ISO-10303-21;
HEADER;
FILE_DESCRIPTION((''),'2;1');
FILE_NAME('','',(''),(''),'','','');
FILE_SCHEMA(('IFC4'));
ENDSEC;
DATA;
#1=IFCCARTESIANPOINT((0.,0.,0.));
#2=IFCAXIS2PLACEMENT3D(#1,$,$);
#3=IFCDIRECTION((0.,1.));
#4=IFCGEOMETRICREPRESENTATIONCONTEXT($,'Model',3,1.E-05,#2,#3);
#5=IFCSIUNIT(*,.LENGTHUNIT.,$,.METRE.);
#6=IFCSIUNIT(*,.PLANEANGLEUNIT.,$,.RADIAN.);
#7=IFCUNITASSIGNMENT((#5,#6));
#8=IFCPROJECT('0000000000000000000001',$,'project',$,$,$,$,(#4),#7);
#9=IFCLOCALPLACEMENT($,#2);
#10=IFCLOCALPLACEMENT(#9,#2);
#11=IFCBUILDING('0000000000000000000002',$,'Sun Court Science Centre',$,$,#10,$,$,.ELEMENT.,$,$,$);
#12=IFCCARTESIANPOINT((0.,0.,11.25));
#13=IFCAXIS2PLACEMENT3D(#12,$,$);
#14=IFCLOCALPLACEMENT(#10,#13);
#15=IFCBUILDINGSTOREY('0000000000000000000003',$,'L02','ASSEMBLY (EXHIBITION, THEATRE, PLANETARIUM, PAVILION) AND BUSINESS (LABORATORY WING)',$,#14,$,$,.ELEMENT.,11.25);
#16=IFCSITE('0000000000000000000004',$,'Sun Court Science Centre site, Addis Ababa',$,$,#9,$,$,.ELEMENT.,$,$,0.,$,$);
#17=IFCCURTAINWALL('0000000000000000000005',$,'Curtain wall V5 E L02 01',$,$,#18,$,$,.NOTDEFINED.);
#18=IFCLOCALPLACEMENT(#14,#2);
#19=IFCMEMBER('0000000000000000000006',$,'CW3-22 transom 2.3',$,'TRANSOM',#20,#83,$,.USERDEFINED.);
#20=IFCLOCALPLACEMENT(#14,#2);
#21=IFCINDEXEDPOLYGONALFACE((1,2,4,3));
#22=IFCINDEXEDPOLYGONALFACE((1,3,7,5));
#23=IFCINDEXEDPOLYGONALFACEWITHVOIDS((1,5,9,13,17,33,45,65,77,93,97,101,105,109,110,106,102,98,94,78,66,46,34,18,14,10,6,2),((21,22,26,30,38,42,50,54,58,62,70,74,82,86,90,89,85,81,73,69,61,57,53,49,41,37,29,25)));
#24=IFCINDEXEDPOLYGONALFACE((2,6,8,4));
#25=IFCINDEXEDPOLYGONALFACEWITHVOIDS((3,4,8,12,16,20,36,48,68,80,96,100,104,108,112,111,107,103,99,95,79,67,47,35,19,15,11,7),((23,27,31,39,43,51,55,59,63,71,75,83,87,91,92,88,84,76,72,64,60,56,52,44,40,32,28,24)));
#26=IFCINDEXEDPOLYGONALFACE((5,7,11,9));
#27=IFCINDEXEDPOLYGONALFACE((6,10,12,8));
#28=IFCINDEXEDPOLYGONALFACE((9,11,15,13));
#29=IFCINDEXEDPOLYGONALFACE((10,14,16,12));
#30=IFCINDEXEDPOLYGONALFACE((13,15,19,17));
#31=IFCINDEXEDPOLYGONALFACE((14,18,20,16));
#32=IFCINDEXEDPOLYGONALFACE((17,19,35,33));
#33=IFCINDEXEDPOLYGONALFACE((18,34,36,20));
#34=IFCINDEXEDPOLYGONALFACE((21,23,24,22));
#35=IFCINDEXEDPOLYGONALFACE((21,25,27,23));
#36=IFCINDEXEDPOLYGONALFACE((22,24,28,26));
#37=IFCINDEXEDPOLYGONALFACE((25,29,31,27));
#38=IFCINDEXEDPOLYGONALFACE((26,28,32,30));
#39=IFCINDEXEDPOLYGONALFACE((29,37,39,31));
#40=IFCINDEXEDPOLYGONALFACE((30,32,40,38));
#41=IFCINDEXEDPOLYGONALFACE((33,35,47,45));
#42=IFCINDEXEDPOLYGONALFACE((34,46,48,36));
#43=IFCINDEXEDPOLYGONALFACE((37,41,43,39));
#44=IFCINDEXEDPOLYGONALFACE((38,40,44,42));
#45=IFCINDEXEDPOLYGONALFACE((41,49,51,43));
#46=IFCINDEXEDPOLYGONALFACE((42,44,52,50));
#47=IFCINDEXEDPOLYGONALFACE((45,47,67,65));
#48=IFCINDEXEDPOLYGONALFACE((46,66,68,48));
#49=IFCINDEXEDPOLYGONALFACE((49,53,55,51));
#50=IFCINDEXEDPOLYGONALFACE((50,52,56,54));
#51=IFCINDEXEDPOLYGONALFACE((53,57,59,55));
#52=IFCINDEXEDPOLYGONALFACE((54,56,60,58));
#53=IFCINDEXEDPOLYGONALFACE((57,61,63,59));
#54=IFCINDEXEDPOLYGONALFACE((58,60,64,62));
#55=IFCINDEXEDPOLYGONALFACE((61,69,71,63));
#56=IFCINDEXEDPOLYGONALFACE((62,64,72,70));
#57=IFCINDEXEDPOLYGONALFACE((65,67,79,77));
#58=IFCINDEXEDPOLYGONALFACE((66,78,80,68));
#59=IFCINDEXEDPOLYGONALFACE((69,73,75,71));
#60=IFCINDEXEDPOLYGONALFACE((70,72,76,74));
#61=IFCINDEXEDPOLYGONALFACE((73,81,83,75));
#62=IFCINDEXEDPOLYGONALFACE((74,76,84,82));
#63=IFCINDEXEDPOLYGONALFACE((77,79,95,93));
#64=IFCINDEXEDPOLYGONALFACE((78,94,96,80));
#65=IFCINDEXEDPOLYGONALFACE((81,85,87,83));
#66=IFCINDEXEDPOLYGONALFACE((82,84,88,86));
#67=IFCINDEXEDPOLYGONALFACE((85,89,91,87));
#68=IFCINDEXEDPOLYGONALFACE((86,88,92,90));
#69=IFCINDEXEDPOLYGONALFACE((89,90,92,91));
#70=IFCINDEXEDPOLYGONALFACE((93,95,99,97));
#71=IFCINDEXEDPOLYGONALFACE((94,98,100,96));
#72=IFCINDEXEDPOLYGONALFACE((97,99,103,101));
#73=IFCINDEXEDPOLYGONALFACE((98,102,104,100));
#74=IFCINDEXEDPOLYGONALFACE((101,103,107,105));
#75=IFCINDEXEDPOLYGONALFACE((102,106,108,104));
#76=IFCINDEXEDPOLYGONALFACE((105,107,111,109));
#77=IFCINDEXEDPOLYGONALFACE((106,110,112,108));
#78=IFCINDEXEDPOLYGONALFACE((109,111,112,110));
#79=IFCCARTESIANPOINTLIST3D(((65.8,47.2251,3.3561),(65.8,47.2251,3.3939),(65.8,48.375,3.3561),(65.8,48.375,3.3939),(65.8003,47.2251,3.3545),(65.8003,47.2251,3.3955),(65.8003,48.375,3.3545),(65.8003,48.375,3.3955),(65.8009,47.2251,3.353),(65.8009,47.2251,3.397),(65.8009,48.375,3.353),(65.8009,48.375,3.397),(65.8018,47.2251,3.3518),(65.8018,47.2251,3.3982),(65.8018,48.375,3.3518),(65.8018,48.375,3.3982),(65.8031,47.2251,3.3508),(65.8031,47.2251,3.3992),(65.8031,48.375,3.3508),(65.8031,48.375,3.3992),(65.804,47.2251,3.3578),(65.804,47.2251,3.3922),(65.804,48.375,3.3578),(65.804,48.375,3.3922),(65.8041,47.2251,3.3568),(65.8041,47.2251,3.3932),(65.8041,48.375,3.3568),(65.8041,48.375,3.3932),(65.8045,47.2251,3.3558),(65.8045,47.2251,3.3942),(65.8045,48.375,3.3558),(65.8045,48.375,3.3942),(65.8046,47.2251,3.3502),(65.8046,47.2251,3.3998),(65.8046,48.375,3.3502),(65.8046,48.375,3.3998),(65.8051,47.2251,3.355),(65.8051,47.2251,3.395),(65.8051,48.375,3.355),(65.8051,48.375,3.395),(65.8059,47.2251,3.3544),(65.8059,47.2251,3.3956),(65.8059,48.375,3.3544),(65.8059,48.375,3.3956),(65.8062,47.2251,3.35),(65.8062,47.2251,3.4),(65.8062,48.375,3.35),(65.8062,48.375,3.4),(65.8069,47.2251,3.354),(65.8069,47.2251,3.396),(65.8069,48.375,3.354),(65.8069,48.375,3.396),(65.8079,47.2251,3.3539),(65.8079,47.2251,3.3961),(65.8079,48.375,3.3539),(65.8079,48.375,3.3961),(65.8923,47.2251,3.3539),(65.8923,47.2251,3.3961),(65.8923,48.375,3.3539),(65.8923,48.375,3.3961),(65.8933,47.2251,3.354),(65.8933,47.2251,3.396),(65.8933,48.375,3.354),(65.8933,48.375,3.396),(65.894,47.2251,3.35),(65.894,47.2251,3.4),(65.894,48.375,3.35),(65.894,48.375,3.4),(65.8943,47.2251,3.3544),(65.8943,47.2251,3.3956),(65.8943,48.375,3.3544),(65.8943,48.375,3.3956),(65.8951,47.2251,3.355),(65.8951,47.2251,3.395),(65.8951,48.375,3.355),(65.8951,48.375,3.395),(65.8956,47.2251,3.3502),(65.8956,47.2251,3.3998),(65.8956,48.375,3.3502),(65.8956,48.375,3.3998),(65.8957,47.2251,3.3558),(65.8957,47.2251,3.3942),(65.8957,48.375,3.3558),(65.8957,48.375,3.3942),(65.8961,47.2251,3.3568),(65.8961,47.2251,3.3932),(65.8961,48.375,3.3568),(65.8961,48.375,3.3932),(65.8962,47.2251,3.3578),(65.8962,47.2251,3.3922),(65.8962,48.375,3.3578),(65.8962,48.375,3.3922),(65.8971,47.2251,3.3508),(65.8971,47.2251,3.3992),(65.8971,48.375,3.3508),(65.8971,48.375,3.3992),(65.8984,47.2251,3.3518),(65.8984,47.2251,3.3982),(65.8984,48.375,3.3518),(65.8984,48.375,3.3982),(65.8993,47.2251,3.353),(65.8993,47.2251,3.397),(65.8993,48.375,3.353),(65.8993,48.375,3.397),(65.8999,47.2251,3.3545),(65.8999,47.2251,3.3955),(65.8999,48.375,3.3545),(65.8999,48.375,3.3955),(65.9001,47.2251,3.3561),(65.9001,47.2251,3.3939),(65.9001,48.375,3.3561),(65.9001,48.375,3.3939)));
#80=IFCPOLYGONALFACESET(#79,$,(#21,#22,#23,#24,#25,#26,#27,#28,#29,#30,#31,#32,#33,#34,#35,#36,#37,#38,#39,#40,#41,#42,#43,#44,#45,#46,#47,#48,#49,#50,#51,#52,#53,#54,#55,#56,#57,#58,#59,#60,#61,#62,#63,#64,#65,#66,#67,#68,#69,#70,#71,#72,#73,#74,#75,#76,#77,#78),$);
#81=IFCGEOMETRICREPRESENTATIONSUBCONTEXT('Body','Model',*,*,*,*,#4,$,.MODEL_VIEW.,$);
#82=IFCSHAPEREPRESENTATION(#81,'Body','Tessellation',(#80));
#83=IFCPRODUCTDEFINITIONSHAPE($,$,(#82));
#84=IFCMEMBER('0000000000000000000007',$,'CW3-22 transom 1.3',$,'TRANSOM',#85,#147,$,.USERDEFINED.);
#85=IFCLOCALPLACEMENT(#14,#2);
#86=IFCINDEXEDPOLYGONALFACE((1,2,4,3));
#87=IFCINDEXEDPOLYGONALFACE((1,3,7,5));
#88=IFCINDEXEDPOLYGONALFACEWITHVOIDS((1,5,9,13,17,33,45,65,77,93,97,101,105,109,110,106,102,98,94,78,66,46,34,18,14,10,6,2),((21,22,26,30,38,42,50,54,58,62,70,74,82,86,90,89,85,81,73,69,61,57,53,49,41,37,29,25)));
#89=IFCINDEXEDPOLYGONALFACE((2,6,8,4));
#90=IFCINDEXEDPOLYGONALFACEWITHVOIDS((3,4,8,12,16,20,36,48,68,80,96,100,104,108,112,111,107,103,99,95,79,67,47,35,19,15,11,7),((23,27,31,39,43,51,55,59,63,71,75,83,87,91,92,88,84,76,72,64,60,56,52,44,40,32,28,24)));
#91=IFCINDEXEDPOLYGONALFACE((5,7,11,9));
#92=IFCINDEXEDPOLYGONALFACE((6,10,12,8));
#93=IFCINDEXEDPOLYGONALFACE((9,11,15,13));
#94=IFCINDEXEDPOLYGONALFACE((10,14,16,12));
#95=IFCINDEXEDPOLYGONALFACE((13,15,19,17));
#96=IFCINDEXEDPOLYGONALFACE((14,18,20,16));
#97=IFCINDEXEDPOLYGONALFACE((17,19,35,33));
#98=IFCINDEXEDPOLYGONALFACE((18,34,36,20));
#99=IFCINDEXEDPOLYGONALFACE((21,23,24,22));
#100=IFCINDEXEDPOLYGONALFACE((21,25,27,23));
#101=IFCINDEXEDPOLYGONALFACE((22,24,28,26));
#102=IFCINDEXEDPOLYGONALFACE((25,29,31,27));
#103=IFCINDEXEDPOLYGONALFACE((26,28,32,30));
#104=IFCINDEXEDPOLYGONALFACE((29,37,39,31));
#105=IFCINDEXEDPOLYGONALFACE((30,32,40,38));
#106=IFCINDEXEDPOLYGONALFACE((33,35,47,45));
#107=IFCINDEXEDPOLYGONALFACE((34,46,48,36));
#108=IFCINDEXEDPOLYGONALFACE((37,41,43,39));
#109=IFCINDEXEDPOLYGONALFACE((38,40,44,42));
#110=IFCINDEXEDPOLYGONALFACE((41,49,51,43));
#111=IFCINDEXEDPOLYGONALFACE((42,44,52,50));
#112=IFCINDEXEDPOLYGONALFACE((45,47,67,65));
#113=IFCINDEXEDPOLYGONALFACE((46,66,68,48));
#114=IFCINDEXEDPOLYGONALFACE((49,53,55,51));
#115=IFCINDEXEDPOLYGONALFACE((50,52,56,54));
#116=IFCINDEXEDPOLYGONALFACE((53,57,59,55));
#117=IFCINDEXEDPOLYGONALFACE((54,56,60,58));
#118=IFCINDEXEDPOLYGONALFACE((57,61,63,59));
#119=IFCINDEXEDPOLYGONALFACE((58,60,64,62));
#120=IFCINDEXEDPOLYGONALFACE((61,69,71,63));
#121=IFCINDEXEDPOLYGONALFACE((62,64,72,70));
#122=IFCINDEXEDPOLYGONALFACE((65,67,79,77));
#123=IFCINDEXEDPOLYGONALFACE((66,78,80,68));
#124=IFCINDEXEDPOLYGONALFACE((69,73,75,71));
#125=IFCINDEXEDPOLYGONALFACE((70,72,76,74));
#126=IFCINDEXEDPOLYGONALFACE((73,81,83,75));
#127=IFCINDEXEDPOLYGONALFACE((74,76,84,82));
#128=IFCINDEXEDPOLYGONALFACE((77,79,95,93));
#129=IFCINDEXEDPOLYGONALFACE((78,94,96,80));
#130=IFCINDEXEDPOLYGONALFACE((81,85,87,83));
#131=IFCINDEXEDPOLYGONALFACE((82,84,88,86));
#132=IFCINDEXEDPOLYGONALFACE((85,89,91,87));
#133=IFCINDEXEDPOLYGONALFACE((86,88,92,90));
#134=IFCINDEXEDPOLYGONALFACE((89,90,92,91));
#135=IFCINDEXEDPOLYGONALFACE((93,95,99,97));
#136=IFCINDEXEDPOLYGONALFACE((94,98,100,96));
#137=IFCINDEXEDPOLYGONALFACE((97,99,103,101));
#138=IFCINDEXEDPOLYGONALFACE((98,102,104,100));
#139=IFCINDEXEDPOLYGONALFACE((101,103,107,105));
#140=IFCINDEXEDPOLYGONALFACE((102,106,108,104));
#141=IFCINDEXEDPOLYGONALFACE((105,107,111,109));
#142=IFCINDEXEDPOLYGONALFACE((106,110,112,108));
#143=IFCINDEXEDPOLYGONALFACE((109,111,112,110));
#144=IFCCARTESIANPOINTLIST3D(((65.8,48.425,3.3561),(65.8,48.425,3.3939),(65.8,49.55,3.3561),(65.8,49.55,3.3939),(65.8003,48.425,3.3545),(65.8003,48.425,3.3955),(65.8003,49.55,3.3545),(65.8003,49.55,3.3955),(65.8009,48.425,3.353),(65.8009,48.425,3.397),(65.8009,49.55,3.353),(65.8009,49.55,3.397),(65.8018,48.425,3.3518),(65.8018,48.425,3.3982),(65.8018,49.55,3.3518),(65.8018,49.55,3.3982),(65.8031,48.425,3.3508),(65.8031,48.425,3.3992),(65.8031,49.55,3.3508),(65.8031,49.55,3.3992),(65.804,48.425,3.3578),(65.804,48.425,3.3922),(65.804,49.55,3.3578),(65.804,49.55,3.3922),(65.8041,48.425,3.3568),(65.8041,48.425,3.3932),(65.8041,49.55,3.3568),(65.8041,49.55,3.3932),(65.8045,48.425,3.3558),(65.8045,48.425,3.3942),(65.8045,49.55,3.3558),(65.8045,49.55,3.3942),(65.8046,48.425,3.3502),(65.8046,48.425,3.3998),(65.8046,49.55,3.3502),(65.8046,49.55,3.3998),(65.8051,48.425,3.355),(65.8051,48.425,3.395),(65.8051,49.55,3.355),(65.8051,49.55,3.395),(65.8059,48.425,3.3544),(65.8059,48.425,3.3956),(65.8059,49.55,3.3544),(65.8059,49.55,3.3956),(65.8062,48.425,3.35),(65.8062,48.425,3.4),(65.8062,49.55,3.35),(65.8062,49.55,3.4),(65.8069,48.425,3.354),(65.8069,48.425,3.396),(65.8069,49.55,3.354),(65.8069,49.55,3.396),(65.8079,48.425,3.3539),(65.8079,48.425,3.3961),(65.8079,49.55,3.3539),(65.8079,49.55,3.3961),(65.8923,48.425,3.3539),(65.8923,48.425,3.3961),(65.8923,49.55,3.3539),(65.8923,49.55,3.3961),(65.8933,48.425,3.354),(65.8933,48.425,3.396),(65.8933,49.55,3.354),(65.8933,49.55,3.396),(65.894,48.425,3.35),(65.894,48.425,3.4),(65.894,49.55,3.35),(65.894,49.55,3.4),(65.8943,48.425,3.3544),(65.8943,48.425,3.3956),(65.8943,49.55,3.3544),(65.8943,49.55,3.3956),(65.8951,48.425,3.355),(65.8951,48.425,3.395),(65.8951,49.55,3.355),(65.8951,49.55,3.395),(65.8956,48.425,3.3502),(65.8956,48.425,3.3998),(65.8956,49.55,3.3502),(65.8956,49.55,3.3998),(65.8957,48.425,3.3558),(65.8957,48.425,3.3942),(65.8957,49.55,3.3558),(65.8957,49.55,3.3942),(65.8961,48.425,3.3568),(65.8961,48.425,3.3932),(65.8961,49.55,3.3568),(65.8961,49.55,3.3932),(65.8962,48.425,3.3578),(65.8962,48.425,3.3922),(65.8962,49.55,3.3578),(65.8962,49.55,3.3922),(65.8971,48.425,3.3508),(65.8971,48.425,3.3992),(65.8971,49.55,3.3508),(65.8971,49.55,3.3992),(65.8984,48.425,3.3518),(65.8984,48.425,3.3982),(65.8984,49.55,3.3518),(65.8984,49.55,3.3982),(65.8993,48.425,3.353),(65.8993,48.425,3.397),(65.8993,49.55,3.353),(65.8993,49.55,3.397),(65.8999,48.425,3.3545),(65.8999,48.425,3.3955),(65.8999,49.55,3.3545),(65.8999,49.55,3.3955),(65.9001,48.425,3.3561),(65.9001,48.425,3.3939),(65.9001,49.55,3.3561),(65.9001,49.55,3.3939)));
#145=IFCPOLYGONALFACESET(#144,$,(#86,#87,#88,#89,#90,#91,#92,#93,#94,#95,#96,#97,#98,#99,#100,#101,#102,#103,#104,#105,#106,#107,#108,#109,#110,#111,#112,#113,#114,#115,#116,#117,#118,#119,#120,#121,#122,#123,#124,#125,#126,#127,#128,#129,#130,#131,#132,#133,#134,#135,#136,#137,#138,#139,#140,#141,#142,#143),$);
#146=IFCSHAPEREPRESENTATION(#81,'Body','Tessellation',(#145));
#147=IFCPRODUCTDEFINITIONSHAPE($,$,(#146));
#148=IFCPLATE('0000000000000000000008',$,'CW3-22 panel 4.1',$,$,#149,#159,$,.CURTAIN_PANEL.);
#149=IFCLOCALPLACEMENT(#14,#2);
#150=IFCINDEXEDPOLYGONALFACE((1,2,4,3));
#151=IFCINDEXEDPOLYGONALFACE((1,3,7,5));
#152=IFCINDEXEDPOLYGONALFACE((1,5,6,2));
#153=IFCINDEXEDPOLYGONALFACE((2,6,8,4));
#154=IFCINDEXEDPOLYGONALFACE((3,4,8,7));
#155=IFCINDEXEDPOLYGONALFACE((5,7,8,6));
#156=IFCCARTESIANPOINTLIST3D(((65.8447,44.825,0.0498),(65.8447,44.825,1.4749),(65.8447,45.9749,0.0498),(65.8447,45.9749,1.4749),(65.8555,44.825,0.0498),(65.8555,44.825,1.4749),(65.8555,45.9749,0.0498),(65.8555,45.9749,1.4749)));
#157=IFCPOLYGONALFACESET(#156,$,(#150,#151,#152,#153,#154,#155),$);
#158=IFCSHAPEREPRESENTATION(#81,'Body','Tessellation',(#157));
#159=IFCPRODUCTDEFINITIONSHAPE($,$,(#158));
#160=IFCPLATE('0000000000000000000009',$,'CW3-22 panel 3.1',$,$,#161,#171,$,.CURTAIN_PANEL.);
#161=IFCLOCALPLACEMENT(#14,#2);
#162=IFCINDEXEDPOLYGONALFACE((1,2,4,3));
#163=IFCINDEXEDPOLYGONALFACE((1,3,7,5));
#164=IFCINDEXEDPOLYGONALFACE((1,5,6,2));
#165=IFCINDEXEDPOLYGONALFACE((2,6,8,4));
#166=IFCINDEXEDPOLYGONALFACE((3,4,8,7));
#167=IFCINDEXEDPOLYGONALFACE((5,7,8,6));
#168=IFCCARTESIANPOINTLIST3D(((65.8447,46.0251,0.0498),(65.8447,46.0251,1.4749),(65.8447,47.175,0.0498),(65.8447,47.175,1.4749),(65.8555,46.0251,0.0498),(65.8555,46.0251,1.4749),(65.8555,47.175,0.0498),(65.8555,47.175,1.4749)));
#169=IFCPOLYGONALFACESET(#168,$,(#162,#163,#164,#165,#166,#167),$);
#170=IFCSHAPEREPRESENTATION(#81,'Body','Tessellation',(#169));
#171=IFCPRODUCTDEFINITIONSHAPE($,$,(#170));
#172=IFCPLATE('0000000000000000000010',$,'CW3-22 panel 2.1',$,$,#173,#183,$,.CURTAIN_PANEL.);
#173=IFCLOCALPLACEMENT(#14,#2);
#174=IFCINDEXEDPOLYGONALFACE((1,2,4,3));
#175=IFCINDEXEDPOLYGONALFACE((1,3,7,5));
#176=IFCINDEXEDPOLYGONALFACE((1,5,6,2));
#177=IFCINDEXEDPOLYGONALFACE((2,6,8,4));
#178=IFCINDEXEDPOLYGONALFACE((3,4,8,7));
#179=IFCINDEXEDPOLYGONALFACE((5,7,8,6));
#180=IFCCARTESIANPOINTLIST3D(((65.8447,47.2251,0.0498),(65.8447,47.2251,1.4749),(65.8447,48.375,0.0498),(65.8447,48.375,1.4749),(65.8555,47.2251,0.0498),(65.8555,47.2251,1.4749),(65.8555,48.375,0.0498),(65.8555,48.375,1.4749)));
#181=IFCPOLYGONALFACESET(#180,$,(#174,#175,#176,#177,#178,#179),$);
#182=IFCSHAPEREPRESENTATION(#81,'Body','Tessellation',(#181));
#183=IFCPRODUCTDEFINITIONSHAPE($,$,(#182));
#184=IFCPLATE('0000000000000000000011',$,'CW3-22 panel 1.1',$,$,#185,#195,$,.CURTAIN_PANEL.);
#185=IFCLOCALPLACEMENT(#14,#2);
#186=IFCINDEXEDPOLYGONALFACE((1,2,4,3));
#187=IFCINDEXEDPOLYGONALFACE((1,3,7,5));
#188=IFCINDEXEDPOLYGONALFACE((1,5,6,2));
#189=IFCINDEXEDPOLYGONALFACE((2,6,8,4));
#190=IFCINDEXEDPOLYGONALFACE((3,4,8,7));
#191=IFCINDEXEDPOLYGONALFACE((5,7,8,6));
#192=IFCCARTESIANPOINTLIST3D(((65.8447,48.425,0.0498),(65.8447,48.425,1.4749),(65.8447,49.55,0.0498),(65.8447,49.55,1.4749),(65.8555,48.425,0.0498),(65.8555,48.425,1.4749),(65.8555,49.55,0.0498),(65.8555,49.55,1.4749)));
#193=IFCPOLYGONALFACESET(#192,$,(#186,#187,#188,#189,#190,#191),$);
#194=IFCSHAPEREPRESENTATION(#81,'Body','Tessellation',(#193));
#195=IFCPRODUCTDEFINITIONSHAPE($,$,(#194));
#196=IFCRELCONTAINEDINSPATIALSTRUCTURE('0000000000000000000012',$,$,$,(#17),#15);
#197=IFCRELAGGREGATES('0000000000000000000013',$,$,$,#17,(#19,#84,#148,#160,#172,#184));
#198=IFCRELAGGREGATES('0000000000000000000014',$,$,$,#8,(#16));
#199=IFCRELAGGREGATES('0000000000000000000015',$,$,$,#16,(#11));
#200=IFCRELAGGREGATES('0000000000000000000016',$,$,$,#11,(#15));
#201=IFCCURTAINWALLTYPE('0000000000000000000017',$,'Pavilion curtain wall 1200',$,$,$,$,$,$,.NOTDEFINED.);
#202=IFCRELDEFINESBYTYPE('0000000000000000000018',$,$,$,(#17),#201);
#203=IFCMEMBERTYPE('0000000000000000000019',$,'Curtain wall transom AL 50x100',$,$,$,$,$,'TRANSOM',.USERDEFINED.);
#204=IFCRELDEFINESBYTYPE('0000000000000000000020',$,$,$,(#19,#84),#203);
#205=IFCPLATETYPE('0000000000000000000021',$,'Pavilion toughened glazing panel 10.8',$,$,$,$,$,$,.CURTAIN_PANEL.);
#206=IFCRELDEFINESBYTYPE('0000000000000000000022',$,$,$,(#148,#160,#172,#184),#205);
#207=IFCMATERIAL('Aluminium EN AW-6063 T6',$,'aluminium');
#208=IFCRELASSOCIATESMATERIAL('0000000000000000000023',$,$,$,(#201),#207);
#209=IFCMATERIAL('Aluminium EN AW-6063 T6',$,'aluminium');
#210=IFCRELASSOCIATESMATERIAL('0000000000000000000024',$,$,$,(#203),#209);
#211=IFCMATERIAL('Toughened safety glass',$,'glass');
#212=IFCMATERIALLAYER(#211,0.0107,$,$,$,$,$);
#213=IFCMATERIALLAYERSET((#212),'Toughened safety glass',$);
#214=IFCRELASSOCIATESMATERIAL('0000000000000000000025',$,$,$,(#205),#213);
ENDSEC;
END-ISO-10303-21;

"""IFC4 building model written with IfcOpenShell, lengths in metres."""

from ifc_helpers import new_model, si_unit, direction, frame, origin, origin_2d, place, context, subcontext, project, spatial, rectangle, hollow_rectangle, extrude, material, layer, layer_set, material_profile, profile_set, type_object, element, aggregate, save


model = new_model("IFC4")

# Units and contexts
model_context = context("Model", 3, precision=1e-05, world=origin(), true_north=direction((0.0, 1.0)))
body_context = subcontext(model_context, "Body", "Model", "MODEL_VIEW")
ifc_project = project(units=[si_unit("LENGTHUNIT", "METRE"), si_unit("PLANEANGLEUNIT", "RADIAN")], contexts=[model_context])

# Site, building, storey
site_placement = place(None, origin())
site = spatial("IfcSite", under=ifc_project, at=site_placement, Name="Sun Court Science Centre site, Addis Ababa", CompositionType="ELEMENT", RefElevation=0.0)
building_placement = place(site_placement, origin())
building = spatial("IfcBuilding", under=site, at=building_placement, Name="Sun Court Science Centre", CompositionType="ELEMENT")
storey_placement = place(building_placement, frame((0.0, 0.0, 11.25)))
storey = spatial("IfcBuildingStorey", under=building, at=storey_placement, Name="L02", Description="ASSEMBLY (EXHIBITION, THEATRE, PLANETARIUM, PAVILION) AND BUSINESS (LABORATORY WING)", CompositionType="ELEMENT", Elevation=11.25)

# Curtain wall, members, plates
ifc_material_1 = material(Name="Aluminium EN AW-6063 T6", Category="aluminium")
curtain_wall_type = type_object("IfcCurtainWallType", Name="Pavilion curtain wall 1200", PredefinedType="NOTDEFINED", material=ifc_material_1)
curtain_wall_placement = place(storey_placement, origin())
curtain_wall = element("IfcCurtainWall", 1, at=curtain_wall_placement, inside=storey, type_object=curtain_wall_type, Name="Curtain wall V5 E L02 01", PredefinedType="NOTDEFINED")
ifc_material_2 = material(Name="Aluminium EN AW-6063 T6", Category="aluminium")
ifc_material_profile_1 = material_profile(ifc_material_2, hollow_rectangle(XDim=0.05, YDim=0.1001, WallThickness=0.0039, InnerFilletRadius=0.0039, OuterFilletRadius=0.0061, at=origin_2d()), Name="AL 50x100x4")
ifc_profile_set_1 = profile_set([ifc_material_profile_1], Name="Aluminium EN AW-6063 T6")
member_type_1 = type_object("IfcMemberType", Name="Curtain wall transom AL 50x100", ElementType="TRANSOM", PredefinedType="USERDEFINED", material=ifc_profile_set_1)
member_1_placement = place(storey_placement, frame((65.8501, 48.375, 3.375), z_axis=(0.0, -1.0, 0.0), x_axis=(0.0, 0.0, 1.0)))
member_1 = element("IfcMember", 2, at=member_1_placement, type_object=member_type_1, Name="CW3-22 transom 2.3", ObjectType="TRANSOM", PredefinedType="USERDEFINED", context=body_context, shape_type="SweptSolid", body=[
    extrude(hollow_rectangle(XDim=0.05, YDim=0.1001, WallThickness=0.0039, InnerFilletRadius=0.0039, OuterFilletRadius=0.0061, at=origin_2d()), origin(), (0.0, 0.0, 1.0), 1.1499),
])
member_2_placement = place(storey_placement, frame((65.8501, 49.55, 3.375), z_axis=(0.0, -1.0, 0.0), x_axis=(0.0, 0.0, 1.0)))
member_2 = element("IfcMember", 3, at=member_2_placement, type_object=member_type_1, Name="CW3-22 transom 1.3", ObjectType="TRANSOM", PredefinedType="USERDEFINED", context=body_context, shape_type="SweptSolid", body=[
    extrude(hollow_rectangle(XDim=0.05, YDim=0.1001, WallThickness=0.0039, InnerFilletRadius=0.0039, OuterFilletRadius=0.0061, at=origin_2d()), origin(), (0.0, 0.0, 1.0), 1.125),
])
ifc_material_3 = material(Name="Toughened safety glass", Category="glass")
ifc_layer = layer(ifc_material_3, 0.0107)
ifc_layer_set = layer_set([ifc_layer], Name="Toughened safety glass")
plate_type = type_object("IfcPlateType", Name="Pavilion toughened glazing panel 10.8", PredefinedType="CURTAIN_PANEL", material=ifc_layer_set)
plate_1_placement = place(storey_placement, frame((65.8501, 45.3999, 0.0498), z_axis=(0.0, 0.0, 1.0), x_axis=(0.0, -1.0, 0.0)))
plate_1 = element("IfcPlate", 4, at=plate_1_placement, type_object=plate_type, Name="CW3-22 panel 4.1", PredefinedType="CURTAIN_PANEL", context=body_context, shape_type="SweptSolid", body=[
    extrude(rectangle(XDim=1.1499, YDim=0.0107, at=origin_2d()), origin(), (0.0, 0.0, 1.0), 1.425),
])
plate_2_placement = place(storey_placement, frame((65.8501, 46.6001, 0.0498), z_axis=(0.0, 0.0, 1.0), x_axis=(0.0, -1.0, 0.0)))
plate_2 = element("IfcPlate", 5, at=plate_2_placement, type_object=plate_type, Name="CW3-22 panel 3.1", PredefinedType="CURTAIN_PANEL", context=body_context, shape_type="SweptSolid", body=[
    extrude(rectangle(XDim=1.1499, YDim=0.0107, at=origin_2d()), origin(), (0.0, 0.0, 1.0), 1.425),
])
plate_3_placement = place(storey_placement, frame((65.8501, 47.8, 0.0498), z_axis=(0.0, 0.0, 1.0), x_axis=(0.0, -1.0, 0.0)))
plate_3 = element("IfcPlate", 6, at=plate_3_placement, type_object=plate_type, Name="CW3-22 panel 2.1", PredefinedType="CURTAIN_PANEL", context=body_context, shape_type="SweptSolid", body=[
    extrude(rectangle(XDim=1.1499, YDim=0.0107, at=origin_2d()), origin(), (0.0, 0.0, 1.0), 1.425),
])
plate_4_placement = place(storey_placement, frame((65.8501, 48.9875, 0.0498), z_axis=(0.0, 0.0, 1.0), x_axis=(0.0, -1.0, 0.0)))
plate_4 = element("IfcPlate", 7, at=plate_4_placement, type_object=plate_type, Name="CW3-22 panel 1.1", PredefinedType="CURTAIN_PANEL", context=body_context, shape_type="SweptSolid", body=[
    extrude(rectangle(XDim=1.125, YDim=0.0107, at=origin_2d()), origin(), (0.0, 0.0, 1.0), 1.425),
])
aggregate(curtain_wall, [member_1, member_2, plate_1, plate_2, plate_3, plate_4])

save(model, "model.ifc")
